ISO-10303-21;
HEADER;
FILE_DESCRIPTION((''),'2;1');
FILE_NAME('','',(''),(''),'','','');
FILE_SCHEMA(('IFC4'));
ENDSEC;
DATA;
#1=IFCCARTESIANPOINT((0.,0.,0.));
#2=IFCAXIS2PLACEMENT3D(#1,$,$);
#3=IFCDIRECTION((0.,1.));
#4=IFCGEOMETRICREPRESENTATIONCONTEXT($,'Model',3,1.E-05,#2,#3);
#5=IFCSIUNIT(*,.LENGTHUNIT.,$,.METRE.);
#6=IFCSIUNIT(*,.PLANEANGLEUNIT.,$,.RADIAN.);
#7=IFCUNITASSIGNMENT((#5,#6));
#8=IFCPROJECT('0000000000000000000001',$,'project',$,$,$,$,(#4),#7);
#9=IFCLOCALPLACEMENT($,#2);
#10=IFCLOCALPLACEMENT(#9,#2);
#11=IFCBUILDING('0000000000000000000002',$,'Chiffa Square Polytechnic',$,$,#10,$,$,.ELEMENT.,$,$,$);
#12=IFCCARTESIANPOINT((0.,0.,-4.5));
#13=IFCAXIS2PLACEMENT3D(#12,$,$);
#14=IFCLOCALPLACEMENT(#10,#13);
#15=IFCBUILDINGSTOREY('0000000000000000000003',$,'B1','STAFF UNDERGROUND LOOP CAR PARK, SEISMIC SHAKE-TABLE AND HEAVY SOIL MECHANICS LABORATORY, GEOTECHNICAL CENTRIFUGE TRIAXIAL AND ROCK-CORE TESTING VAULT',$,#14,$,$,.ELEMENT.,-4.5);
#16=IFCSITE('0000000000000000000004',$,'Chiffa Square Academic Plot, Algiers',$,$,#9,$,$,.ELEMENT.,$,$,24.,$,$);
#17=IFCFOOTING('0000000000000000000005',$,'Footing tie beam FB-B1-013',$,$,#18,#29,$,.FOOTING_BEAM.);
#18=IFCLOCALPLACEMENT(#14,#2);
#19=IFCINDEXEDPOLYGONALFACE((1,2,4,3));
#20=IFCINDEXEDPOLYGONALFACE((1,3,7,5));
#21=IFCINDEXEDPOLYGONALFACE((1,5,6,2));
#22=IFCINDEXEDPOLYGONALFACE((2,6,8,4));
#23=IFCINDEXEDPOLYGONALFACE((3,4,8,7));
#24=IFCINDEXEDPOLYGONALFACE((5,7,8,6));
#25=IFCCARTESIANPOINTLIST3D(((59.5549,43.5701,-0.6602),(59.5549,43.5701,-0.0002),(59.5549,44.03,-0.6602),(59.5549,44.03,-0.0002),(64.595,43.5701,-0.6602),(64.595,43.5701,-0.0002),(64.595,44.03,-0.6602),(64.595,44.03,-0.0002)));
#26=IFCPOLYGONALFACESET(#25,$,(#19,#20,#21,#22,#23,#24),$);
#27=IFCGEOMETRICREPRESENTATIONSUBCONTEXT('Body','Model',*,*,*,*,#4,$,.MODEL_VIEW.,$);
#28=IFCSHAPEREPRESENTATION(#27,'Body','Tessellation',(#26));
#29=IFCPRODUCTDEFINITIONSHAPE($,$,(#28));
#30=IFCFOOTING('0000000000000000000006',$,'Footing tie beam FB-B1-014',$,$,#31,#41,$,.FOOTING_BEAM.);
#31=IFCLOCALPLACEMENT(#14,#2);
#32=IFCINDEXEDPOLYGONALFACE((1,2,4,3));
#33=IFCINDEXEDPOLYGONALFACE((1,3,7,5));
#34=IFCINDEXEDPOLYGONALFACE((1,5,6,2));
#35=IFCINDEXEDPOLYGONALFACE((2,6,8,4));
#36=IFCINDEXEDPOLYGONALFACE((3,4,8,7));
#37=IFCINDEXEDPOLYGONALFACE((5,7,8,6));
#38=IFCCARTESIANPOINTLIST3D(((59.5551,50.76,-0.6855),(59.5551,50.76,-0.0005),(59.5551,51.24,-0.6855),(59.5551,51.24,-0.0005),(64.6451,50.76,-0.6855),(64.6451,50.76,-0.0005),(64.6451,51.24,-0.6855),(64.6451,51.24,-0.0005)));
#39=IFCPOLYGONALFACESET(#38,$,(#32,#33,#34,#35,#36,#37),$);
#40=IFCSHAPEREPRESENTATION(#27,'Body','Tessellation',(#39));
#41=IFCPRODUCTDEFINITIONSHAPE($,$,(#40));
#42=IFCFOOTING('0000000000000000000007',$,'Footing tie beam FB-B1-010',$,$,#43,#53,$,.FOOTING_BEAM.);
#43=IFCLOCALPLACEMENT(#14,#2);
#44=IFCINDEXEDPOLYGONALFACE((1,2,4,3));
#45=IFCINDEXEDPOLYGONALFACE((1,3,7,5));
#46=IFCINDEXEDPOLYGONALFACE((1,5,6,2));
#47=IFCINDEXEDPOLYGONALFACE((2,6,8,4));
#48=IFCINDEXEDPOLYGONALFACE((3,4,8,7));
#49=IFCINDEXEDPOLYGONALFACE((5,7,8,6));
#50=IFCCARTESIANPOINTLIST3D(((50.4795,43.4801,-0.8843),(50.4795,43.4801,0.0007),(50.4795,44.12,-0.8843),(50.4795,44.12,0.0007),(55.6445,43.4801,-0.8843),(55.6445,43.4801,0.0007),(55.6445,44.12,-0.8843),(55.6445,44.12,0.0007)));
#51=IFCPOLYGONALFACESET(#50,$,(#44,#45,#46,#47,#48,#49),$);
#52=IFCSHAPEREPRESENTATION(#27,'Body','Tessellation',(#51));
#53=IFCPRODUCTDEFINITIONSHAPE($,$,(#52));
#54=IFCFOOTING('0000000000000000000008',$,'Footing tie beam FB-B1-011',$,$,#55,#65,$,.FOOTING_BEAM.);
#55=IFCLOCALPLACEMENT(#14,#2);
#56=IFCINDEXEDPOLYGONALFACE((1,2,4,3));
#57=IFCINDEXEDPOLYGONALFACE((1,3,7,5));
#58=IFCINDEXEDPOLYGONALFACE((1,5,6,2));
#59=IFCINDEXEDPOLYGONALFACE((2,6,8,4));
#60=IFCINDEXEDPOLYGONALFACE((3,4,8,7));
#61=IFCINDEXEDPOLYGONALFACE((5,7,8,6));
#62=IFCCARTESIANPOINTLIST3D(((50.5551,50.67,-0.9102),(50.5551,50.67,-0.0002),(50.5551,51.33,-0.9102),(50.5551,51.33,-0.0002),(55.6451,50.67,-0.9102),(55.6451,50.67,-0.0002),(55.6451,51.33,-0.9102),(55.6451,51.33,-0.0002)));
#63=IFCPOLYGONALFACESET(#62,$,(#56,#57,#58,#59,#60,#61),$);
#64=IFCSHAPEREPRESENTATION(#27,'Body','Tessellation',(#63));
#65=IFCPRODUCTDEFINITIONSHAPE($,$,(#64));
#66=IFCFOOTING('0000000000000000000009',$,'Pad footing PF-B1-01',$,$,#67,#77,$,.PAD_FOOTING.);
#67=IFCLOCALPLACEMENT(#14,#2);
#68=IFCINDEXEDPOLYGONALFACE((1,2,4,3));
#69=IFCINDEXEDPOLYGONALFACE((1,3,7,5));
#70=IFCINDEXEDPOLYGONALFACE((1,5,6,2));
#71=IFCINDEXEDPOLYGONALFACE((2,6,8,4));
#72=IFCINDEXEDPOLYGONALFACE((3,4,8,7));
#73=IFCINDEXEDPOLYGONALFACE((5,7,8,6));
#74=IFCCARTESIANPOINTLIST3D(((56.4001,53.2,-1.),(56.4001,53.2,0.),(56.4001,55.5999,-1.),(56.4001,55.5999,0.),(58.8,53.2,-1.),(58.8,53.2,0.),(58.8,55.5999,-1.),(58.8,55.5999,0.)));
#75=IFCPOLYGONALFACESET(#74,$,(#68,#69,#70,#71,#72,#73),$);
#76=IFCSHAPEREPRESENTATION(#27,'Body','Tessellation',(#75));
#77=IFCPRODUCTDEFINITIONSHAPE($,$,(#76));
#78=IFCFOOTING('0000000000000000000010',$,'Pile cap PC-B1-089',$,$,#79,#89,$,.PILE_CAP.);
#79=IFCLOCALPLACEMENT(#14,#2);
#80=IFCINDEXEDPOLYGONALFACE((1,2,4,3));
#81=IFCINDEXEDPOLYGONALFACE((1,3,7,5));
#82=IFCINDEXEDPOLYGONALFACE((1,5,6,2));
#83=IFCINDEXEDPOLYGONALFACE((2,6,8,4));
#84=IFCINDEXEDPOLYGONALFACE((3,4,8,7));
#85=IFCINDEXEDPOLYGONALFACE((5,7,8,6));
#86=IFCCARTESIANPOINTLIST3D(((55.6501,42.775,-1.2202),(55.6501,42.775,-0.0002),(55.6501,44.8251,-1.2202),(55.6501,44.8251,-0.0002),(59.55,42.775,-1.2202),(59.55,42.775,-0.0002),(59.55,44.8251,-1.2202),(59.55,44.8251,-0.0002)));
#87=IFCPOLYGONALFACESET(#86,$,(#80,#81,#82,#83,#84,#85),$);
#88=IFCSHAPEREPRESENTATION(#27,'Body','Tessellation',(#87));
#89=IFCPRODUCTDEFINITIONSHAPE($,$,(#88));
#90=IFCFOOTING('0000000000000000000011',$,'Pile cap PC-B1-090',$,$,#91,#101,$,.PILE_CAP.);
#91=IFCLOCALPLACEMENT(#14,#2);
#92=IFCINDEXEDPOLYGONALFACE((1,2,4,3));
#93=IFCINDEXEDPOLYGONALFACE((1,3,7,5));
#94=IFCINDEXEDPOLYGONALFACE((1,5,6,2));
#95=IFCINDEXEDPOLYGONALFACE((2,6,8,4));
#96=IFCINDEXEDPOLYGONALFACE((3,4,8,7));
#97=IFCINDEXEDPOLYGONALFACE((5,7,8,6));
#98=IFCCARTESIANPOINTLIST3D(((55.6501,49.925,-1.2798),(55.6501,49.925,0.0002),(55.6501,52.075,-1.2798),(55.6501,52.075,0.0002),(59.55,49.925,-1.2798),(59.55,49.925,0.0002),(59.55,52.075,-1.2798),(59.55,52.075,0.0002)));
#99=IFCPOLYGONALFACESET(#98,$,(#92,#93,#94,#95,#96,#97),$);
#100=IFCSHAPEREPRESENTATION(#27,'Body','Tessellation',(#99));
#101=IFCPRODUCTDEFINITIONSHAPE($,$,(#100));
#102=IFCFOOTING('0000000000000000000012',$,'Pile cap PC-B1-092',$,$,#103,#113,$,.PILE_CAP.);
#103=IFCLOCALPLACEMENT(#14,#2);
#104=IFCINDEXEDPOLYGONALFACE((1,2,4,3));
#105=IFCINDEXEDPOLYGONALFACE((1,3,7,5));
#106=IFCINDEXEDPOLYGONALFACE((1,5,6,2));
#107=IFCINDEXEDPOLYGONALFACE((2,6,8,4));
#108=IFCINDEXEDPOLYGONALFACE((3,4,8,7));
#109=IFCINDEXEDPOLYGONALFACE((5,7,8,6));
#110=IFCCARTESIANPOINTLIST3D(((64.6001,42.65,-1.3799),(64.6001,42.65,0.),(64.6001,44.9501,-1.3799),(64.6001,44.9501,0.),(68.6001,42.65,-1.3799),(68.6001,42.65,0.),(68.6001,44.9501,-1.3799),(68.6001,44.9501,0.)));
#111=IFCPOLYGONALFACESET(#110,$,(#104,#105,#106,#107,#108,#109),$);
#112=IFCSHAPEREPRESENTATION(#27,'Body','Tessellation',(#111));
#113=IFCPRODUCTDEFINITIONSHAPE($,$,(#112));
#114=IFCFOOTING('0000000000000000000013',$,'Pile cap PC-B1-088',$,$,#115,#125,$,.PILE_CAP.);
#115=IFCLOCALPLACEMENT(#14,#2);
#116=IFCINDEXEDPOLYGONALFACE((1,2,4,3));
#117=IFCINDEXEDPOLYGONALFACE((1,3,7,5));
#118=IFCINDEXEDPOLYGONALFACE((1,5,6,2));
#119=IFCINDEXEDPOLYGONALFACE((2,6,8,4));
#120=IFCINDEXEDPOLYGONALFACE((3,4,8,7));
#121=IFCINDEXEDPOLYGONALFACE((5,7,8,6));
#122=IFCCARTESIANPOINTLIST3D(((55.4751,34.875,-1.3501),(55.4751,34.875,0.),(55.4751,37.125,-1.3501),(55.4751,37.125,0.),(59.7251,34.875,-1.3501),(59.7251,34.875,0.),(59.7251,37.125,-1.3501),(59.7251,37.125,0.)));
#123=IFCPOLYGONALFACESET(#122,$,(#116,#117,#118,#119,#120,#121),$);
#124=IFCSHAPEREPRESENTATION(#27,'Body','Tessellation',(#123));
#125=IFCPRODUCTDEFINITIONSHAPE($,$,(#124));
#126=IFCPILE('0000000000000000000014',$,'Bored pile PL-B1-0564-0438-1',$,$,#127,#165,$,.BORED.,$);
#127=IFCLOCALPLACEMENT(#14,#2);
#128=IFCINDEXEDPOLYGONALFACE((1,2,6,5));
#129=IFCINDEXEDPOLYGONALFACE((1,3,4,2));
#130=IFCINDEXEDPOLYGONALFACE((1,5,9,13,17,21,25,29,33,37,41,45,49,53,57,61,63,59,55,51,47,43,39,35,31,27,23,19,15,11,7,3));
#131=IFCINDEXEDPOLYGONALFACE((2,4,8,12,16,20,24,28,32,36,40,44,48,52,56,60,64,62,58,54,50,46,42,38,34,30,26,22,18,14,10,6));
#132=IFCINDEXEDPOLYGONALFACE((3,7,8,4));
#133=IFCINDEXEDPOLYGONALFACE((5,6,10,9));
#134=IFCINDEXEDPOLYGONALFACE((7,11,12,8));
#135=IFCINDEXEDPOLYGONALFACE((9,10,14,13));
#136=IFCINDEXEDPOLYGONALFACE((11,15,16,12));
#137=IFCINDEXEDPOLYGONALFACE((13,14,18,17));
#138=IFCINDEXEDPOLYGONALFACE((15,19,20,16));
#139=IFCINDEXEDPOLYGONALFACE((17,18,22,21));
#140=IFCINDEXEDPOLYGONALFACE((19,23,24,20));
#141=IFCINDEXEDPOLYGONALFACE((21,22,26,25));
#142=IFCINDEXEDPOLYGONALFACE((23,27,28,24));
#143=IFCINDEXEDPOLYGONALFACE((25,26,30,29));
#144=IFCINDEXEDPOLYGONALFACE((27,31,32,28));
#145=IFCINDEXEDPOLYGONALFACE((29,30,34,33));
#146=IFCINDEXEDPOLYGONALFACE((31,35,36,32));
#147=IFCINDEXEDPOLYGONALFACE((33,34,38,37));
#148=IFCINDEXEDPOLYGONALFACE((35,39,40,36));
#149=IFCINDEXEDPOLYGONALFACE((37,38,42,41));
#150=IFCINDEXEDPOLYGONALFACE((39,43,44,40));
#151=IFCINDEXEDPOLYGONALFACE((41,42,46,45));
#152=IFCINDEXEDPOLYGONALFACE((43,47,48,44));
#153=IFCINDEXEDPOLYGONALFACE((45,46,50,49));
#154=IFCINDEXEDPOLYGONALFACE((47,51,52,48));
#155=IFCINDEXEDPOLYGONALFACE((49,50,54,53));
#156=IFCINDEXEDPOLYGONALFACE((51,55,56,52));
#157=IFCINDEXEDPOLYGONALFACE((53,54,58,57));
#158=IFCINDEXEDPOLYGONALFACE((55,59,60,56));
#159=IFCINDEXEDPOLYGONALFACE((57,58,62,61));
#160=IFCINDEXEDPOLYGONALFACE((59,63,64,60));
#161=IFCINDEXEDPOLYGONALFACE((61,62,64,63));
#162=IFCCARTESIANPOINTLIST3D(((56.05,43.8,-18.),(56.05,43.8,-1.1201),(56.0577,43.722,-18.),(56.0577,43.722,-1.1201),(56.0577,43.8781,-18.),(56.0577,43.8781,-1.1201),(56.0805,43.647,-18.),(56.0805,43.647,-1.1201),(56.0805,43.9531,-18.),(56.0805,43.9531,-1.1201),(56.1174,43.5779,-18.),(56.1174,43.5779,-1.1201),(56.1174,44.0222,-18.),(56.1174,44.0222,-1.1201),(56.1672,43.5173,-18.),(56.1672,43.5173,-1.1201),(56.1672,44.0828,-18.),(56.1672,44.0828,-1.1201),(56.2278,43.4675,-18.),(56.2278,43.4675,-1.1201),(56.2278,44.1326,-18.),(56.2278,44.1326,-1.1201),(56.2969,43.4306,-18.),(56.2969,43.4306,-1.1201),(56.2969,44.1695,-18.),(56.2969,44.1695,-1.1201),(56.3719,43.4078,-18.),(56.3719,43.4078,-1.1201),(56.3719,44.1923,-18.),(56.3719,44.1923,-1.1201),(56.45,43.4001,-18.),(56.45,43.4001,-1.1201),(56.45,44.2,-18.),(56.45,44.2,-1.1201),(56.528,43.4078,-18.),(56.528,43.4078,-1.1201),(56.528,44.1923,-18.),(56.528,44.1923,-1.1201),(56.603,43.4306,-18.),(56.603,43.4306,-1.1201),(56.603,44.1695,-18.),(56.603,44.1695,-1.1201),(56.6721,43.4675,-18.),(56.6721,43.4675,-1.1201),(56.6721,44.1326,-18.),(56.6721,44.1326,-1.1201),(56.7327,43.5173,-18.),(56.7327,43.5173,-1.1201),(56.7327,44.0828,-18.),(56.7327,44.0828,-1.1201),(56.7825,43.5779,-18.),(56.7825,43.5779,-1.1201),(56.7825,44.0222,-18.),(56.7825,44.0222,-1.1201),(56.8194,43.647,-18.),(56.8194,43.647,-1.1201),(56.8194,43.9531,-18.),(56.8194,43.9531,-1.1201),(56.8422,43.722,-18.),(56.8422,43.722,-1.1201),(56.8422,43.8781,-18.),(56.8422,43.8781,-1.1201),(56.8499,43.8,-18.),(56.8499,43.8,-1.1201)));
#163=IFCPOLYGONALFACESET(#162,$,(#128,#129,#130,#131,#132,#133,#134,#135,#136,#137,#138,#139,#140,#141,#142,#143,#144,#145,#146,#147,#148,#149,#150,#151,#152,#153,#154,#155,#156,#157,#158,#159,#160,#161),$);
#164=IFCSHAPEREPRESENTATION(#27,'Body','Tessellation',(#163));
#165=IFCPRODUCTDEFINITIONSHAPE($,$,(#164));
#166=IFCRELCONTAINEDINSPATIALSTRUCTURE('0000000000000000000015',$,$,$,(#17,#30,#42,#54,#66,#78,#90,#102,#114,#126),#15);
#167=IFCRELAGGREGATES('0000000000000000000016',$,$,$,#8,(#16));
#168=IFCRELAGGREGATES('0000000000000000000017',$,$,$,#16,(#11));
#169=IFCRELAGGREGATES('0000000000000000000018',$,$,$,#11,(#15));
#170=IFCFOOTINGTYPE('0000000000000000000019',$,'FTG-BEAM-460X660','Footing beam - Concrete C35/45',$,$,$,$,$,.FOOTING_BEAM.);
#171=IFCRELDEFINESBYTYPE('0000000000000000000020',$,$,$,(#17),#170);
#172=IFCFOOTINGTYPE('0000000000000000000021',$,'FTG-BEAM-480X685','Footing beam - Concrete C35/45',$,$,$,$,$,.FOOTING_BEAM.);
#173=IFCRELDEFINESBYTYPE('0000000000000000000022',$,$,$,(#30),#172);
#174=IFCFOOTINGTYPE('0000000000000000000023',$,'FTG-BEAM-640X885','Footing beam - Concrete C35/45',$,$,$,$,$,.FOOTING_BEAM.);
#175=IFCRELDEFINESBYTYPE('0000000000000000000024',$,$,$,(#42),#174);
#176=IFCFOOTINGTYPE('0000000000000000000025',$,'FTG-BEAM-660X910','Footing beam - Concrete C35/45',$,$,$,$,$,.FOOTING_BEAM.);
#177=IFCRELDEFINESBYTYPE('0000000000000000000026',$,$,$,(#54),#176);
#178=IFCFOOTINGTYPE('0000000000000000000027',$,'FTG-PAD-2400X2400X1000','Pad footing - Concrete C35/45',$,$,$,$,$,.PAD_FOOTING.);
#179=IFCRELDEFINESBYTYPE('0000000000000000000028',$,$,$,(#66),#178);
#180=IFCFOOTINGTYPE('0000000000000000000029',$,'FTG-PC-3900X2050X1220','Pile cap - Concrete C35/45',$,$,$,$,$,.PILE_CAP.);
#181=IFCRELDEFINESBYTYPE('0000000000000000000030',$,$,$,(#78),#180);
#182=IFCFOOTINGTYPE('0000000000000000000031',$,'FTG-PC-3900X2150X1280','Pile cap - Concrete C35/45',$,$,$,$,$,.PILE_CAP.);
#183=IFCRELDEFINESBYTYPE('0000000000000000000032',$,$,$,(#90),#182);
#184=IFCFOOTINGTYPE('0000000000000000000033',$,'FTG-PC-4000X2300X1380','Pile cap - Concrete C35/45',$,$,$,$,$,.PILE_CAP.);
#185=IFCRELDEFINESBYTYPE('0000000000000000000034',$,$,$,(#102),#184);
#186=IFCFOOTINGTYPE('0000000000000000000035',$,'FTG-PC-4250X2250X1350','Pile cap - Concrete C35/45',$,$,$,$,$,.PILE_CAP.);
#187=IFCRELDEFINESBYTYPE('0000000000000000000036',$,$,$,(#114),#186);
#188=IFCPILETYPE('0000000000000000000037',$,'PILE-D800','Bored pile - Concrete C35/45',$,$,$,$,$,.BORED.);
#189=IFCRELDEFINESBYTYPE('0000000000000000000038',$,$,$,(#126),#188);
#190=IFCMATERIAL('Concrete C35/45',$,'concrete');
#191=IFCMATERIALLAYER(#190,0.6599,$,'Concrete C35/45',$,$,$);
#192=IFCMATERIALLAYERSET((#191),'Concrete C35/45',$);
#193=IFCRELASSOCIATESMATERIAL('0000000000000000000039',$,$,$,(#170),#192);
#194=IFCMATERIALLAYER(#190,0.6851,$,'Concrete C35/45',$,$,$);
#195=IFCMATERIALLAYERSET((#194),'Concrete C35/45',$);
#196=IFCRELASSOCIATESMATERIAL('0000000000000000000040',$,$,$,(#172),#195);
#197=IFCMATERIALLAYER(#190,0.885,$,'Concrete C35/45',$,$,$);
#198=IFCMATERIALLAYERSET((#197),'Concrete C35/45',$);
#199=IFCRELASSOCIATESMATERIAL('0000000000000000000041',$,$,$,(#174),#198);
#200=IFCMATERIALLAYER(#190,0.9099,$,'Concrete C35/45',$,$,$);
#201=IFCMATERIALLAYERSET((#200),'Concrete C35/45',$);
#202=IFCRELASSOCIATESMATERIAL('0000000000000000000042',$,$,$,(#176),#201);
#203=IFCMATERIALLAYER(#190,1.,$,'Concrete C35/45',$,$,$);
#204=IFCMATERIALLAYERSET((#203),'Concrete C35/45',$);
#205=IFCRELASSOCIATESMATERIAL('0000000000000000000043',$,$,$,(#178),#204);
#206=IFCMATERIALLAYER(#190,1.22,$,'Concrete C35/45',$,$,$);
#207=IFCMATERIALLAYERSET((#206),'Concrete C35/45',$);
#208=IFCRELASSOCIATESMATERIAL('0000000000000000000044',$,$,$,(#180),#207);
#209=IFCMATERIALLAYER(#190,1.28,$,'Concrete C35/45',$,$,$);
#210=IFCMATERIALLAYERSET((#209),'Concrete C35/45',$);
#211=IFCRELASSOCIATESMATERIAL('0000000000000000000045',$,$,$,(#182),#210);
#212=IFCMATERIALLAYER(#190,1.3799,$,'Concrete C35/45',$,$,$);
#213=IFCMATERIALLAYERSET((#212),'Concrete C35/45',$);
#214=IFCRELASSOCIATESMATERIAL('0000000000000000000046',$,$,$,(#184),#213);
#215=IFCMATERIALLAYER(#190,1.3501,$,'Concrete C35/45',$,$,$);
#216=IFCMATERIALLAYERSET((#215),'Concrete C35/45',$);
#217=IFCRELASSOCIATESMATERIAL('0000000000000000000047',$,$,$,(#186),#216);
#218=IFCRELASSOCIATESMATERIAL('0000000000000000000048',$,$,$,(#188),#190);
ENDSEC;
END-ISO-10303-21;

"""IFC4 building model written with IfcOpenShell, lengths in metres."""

from ifc_helpers import new_model, si_unit, direction, frame, origin, origin_2d, place, context, subcontext, project, spatial, rectangle, circle, extrude, material, layer, layer_set, material_profile, profile_set, type_object, element, save


model = new_model("IFC4")

# Units and contexts
model_context = context("Model", 3, precision=1e-05, world=origin(), true_north=direction((0.0, 1.0)))
body_context = subcontext(model_context, "Body", "Model", "MODEL_VIEW")
ifc_project = project(units=[si_unit("LENGTHUNIT", "METRE"), si_unit("PLANEANGLEUNIT", "RADIAN")], contexts=[model_context])

# Site, building, storey
site_placement = place(None, origin())
site = spatial("IfcSite", under=ifc_project, at=site_placement, Name="Chiffa Square Academic Plot, Algiers", CompositionType="ELEMENT", RefElevation=24.0)
building_placement = place(site_placement, origin())
building = spatial("IfcBuilding", under=site, at=building_placement, Name="Chiffa Square Polytechnic", CompositionType="ELEMENT")
storey_placement = place(building_placement, frame((0.0, 0.0, -4.5)))
storey = spatial("IfcBuildingStorey", under=building, at=storey_placement, Name="B1", Description="STAFF UNDERGROUND LOOP CAR PARK, SEISMIC SHAKE-TABLE AND HEAVY SOIL MECHANICS LABORATORY, GEOTECHNICAL CENTRIFUGE TRIAXIAL AND ROCK-CORE TESTING VAULT", CompositionType="ELEMENT", Elevation=-4.5)

# Footings
ifc_material_1 = material(Name="Concrete C35/45", Category="concrete")
ifc_layer_1 = layer(ifc_material_1, 0.6599, Name="Concrete C35/45")
ifc_layer_set_1 = layer_set([ifc_layer_1], Name="Concrete C35/45")
footing_type_1 = type_object("IfcFootingType", Name="FTG-BEAM-460X660", Description="Footing beam - Concrete C35/45", PredefinedType="FOOTING_BEAM", material=ifc_layer_set_1)
footing_1_placement = place(storey_placement, frame((62.075, 43.8, -0.6602), z_axis=(0.0, 0.0, 1.0), x_axis=(1.0, 0.0, 0.0)))
element("IfcFooting", 1, at=footing_1_placement, inside=storey, type_object=footing_type_1, Name="Footing tie beam FB-B1-013", PredefinedType="FOOTING_BEAM", context=body_context, shape_type="SweptSolid", body=[
    extrude(rectangle(XDim=5.04, YDim=0.46, at=origin_2d()), origin(), (0.0, 0.0, 1.0), 0.6599),
])
ifc_layer_2 = layer(ifc_material_1, 0.6851, Name="Concrete C35/45")
ifc_layer_set_2 = layer_set([ifc_layer_2], Name="Concrete C35/45")
footing_type_2 = type_object("IfcFootingType", Name="FTG-BEAM-480X685", Description="Footing beam - Concrete C35/45", PredefinedType="FOOTING_BEAM", material=ifc_layer_set_2)
footing_2_placement = place(storey_placement, frame((62.1001, 51.0, -0.6855), z_axis=(0.0, 0.0, 1.0), x_axis=(1.0, 0.0, 0.0)))
element("IfcFooting", 2, at=footing_2_placement, inside=storey, type_object=footing_type_2, Name="Footing tie beam FB-B1-014", PredefinedType="FOOTING_BEAM", context=body_context, shape_type="SweptSolid", body=[
    extrude(rectangle(XDim=5.0901, YDim=0.48, at=origin_2d()), origin(), (0.0, 0.0, 1.0), 0.6851),
])
ifc_layer_3 = layer(ifc_material_1, 0.885, Name="Concrete C35/45")
ifc_layer_set_3 = layer_set([ifc_layer_3], Name="Concrete C35/45")
footing_type_3 = type_object("IfcFootingType", Name="FTG-BEAM-640X885", Description="Footing beam - Concrete C35/45", PredefinedType="FOOTING_BEAM", material=ifc_layer_set_3)
footing_3_placement = place(storey_placement, frame((53.062, 43.8, -0.8843), z_axis=(0.0, 0.0, 1.0), x_axis=(1.0, 0.0, 0.0)))
element("IfcFooting", 3, at=footing_3_placement, inside=storey, type_object=footing_type_3, Name="Footing tie beam FB-B1-010", PredefinedType="FOOTING_BEAM", context=body_context, shape_type="SweptSolid", body=[
    extrude(rectangle(XDim=5.165, YDim=0.6399, at=origin_2d()), origin(), (0.0, 0.0, 1.0), 0.885),
])
ifc_layer_4 = layer(ifc_material_1, 0.9099, Name="Concrete C35/45")
ifc_layer_set_4 = layer_set([ifc_layer_4], Name="Concrete C35/45")
footing_type_4 = type_object("IfcFootingType", Name="FTG-BEAM-660X910", Description="Footing beam - Concrete C35/45", PredefinedType="FOOTING_BEAM", material=ifc_layer_set_4)
footing_4_placement = place(storey_placement, frame((53.1001, 51.0, -0.9102), z_axis=(0.0, 0.0, 1.0), x_axis=(1.0, 0.0, 0.0)))
element("IfcFooting", 4, at=footing_4_placement, inside=storey, type_object=footing_type_4, Name="Footing tie beam FB-B1-011", PredefinedType="FOOTING_BEAM", context=body_context, shape_type="SweptSolid", body=[
    extrude(rectangle(XDim=5.0901, YDim=0.6599, at=origin_2d()), origin(), (0.0, 0.0, 1.0), 0.9099),
])
ifc_layer_5 = layer(ifc_material_1, 1.0, Name="Concrete C35/45")
ifc_layer_set_5 = layer_set([ifc_layer_5], Name="Concrete C35/45")
footing_type_5 = type_object("IfcFootingType", Name="FTG-PAD-2400X2400X1000", Description="Pad footing - Concrete C35/45", PredefinedType="PAD_FOOTING", material=ifc_layer_set_5)
footing_5_placement = place(storey_placement, frame((57.6001, 54.3999, -1.0), z_axis=(0.0, 0.0, 1.0), x_axis=(1.0, 0.0, 0.0)))
element("IfcFooting", 5, at=footing_5_placement, inside=storey, type_object=footing_type_5, Name="Pad footing PF-B1-01", PredefinedType="PAD_FOOTING", context=body_context, shape_type="SweptSolid", body=[
    extrude(rectangle(XDim=2.3999, YDim=2.3999, at=origin_2d()), origin(), (0.0, 0.0, 1.0), 1.0),
])
ifc_layer_6 = layer(ifc_material_1, 1.22, Name="Concrete C35/45")
ifc_layer_set_6 = layer_set([ifc_layer_6], Name="Concrete C35/45")
footing_type_6 = type_object("IfcFootingType", Name="FTG-PC-3900X2050X1220", Description="Pile cap - Concrete C35/45", PredefinedType="PILE_CAP", material=ifc_layer_set_6)
footing_6_placement = place(storey_placement, frame((57.6001, 43.8, -1.2202), z_axis=(0.0, 0.0, 1.0), x_axis=(1.0, 0.0, 0.0)))
element("IfcFooting", 6, at=footing_6_placement, inside=storey, type_object=footing_type_6, Name="Pile cap PC-B1-089", PredefinedType="PILE_CAP", context=body_context, shape_type="SweptSolid", body=[
    extrude(rectangle(XDim=3.8999, YDim=2.05, at=origin_2d()), origin(), (0.0, 0.0, 1.0), 1.22),
])
ifc_layer_7 = layer(ifc_material_1, 1.28, Name="Concrete C35/45")
ifc_layer_set_7 = layer_set([ifc_layer_7], Name="Concrete C35/45")
footing_type_7 = type_object("IfcFootingType", Name="FTG-PC-3900X2150X1280", Description="Pile cap - Concrete C35/45", PredefinedType="PILE_CAP", material=ifc_layer_set_7)
footing_7_placement = place(storey_placement, frame((57.6001, 51.0, -1.2798), z_axis=(0.0, 0.0, 1.0), x_axis=(1.0, 0.0, 0.0)))
element("IfcFooting", 7, at=footing_7_placement, inside=storey, type_object=footing_type_7, Name="Pile cap PC-B1-090", PredefinedType="PILE_CAP", context=body_context, shape_type="SweptSolid", body=[
    extrude(rectangle(XDim=3.8999, YDim=2.1499, at=origin_2d()), origin(), (0.0, 0.0, 1.0), 1.28),
])
ifc_layer_8 = layer(ifc_material_1, 1.3799, Name="Concrete C35/45")
ifc_layer_set_8 = layer_set([ifc_layer_8], Name="Concrete C35/45")
footing_type_8 = type_object("IfcFootingType", Name="FTG-PC-4000X2300X1380", Description="Pile cap - Concrete C35/45", PredefinedType="PILE_CAP", material=ifc_layer_set_8)
footing_8_placement = place(storey_placement, frame((66.6001, 43.8, -1.3799), z_axis=(0.0, 0.0, 1.0), x_axis=(1.0, 0.0, 0.0)))
element("IfcFooting", 8, at=footing_8_placement, inside=storey, type_object=footing_type_8, Name="Pile cap PC-B1-092", PredefinedType="PILE_CAP", context=body_context, shape_type="SweptSolid", body=[
    extrude(rectangle(XDim=4.0, YDim=2.3, at=origin_2d()), origin(), (0.0, 0.0, 1.0), 1.3799),
])
ifc_layer_9 = layer(ifc_material_1, 1.3501, Name="Concrete C35/45")
ifc_layer_set_9 = layer_set([ifc_layer_9], Name="Concrete C35/45")
footing_type_9 = type_object("IfcFootingType", Name="FTG-PC-4250X2250X1350", Description="Pile cap - Concrete C35/45", PredefinedType="PILE_CAP", material=ifc_layer_set_9)
footing_9_placement = place(storey_placement, frame((57.6001, 36.0, -1.3501), z_axis=(0.0, 0.0, 1.0), x_axis=(1.0, 0.0, 0.0)))
element("IfcFooting", 9, at=footing_9_placement, inside=storey, type_object=footing_type_9, Name="Pile cap PC-B1-088", PredefinedType="PILE_CAP", context=body_context, shape_type="SweptSolid", body=[
    extrude(rectangle(XDim=4.25, YDim=2.25, at=origin_2d()), origin(), (0.0, 0.0, 1.0), 1.3501),
])

# Pile
ifc_material_profile_1 = material_profile(ifc_material_1, circle(Radius=0.3999, at=origin_2d()), Name="PILE D800")
ifc_profile_set_1 = profile_set([ifc_material_profile_1], Name="Concrete C35/45")
pile_type_1 = type_object("IfcPileType", Name="PILE-D800", Description="Bored pile - Concrete C35/45", PredefinedType="BORED", material=ifc_profile_set_1)
for number, where, z_axis, x_axis, name in (
    (10, (56.45, 43.8, -1.1201), (0.0, 0.0, -1.0), (1.0, 0.0, 0.0), "Bored pile PL-B1-0564-0438-1"),
):
    element("IfcPile", number, at=place(storey_placement, frame(where, z_axis=z_axis, x_axis=x_axis)), inside=storey, type_object=pile_type_1, Name=name, PredefinedType="BORED", context=body_context, shape_type="SweptSolid", body=[
        extrude(circle(Radius=0.3999, at=origin_2d()), origin(), (0.0, 0.0, 1.0), 16.8799),
    ])

save(model, "model.ifc")
